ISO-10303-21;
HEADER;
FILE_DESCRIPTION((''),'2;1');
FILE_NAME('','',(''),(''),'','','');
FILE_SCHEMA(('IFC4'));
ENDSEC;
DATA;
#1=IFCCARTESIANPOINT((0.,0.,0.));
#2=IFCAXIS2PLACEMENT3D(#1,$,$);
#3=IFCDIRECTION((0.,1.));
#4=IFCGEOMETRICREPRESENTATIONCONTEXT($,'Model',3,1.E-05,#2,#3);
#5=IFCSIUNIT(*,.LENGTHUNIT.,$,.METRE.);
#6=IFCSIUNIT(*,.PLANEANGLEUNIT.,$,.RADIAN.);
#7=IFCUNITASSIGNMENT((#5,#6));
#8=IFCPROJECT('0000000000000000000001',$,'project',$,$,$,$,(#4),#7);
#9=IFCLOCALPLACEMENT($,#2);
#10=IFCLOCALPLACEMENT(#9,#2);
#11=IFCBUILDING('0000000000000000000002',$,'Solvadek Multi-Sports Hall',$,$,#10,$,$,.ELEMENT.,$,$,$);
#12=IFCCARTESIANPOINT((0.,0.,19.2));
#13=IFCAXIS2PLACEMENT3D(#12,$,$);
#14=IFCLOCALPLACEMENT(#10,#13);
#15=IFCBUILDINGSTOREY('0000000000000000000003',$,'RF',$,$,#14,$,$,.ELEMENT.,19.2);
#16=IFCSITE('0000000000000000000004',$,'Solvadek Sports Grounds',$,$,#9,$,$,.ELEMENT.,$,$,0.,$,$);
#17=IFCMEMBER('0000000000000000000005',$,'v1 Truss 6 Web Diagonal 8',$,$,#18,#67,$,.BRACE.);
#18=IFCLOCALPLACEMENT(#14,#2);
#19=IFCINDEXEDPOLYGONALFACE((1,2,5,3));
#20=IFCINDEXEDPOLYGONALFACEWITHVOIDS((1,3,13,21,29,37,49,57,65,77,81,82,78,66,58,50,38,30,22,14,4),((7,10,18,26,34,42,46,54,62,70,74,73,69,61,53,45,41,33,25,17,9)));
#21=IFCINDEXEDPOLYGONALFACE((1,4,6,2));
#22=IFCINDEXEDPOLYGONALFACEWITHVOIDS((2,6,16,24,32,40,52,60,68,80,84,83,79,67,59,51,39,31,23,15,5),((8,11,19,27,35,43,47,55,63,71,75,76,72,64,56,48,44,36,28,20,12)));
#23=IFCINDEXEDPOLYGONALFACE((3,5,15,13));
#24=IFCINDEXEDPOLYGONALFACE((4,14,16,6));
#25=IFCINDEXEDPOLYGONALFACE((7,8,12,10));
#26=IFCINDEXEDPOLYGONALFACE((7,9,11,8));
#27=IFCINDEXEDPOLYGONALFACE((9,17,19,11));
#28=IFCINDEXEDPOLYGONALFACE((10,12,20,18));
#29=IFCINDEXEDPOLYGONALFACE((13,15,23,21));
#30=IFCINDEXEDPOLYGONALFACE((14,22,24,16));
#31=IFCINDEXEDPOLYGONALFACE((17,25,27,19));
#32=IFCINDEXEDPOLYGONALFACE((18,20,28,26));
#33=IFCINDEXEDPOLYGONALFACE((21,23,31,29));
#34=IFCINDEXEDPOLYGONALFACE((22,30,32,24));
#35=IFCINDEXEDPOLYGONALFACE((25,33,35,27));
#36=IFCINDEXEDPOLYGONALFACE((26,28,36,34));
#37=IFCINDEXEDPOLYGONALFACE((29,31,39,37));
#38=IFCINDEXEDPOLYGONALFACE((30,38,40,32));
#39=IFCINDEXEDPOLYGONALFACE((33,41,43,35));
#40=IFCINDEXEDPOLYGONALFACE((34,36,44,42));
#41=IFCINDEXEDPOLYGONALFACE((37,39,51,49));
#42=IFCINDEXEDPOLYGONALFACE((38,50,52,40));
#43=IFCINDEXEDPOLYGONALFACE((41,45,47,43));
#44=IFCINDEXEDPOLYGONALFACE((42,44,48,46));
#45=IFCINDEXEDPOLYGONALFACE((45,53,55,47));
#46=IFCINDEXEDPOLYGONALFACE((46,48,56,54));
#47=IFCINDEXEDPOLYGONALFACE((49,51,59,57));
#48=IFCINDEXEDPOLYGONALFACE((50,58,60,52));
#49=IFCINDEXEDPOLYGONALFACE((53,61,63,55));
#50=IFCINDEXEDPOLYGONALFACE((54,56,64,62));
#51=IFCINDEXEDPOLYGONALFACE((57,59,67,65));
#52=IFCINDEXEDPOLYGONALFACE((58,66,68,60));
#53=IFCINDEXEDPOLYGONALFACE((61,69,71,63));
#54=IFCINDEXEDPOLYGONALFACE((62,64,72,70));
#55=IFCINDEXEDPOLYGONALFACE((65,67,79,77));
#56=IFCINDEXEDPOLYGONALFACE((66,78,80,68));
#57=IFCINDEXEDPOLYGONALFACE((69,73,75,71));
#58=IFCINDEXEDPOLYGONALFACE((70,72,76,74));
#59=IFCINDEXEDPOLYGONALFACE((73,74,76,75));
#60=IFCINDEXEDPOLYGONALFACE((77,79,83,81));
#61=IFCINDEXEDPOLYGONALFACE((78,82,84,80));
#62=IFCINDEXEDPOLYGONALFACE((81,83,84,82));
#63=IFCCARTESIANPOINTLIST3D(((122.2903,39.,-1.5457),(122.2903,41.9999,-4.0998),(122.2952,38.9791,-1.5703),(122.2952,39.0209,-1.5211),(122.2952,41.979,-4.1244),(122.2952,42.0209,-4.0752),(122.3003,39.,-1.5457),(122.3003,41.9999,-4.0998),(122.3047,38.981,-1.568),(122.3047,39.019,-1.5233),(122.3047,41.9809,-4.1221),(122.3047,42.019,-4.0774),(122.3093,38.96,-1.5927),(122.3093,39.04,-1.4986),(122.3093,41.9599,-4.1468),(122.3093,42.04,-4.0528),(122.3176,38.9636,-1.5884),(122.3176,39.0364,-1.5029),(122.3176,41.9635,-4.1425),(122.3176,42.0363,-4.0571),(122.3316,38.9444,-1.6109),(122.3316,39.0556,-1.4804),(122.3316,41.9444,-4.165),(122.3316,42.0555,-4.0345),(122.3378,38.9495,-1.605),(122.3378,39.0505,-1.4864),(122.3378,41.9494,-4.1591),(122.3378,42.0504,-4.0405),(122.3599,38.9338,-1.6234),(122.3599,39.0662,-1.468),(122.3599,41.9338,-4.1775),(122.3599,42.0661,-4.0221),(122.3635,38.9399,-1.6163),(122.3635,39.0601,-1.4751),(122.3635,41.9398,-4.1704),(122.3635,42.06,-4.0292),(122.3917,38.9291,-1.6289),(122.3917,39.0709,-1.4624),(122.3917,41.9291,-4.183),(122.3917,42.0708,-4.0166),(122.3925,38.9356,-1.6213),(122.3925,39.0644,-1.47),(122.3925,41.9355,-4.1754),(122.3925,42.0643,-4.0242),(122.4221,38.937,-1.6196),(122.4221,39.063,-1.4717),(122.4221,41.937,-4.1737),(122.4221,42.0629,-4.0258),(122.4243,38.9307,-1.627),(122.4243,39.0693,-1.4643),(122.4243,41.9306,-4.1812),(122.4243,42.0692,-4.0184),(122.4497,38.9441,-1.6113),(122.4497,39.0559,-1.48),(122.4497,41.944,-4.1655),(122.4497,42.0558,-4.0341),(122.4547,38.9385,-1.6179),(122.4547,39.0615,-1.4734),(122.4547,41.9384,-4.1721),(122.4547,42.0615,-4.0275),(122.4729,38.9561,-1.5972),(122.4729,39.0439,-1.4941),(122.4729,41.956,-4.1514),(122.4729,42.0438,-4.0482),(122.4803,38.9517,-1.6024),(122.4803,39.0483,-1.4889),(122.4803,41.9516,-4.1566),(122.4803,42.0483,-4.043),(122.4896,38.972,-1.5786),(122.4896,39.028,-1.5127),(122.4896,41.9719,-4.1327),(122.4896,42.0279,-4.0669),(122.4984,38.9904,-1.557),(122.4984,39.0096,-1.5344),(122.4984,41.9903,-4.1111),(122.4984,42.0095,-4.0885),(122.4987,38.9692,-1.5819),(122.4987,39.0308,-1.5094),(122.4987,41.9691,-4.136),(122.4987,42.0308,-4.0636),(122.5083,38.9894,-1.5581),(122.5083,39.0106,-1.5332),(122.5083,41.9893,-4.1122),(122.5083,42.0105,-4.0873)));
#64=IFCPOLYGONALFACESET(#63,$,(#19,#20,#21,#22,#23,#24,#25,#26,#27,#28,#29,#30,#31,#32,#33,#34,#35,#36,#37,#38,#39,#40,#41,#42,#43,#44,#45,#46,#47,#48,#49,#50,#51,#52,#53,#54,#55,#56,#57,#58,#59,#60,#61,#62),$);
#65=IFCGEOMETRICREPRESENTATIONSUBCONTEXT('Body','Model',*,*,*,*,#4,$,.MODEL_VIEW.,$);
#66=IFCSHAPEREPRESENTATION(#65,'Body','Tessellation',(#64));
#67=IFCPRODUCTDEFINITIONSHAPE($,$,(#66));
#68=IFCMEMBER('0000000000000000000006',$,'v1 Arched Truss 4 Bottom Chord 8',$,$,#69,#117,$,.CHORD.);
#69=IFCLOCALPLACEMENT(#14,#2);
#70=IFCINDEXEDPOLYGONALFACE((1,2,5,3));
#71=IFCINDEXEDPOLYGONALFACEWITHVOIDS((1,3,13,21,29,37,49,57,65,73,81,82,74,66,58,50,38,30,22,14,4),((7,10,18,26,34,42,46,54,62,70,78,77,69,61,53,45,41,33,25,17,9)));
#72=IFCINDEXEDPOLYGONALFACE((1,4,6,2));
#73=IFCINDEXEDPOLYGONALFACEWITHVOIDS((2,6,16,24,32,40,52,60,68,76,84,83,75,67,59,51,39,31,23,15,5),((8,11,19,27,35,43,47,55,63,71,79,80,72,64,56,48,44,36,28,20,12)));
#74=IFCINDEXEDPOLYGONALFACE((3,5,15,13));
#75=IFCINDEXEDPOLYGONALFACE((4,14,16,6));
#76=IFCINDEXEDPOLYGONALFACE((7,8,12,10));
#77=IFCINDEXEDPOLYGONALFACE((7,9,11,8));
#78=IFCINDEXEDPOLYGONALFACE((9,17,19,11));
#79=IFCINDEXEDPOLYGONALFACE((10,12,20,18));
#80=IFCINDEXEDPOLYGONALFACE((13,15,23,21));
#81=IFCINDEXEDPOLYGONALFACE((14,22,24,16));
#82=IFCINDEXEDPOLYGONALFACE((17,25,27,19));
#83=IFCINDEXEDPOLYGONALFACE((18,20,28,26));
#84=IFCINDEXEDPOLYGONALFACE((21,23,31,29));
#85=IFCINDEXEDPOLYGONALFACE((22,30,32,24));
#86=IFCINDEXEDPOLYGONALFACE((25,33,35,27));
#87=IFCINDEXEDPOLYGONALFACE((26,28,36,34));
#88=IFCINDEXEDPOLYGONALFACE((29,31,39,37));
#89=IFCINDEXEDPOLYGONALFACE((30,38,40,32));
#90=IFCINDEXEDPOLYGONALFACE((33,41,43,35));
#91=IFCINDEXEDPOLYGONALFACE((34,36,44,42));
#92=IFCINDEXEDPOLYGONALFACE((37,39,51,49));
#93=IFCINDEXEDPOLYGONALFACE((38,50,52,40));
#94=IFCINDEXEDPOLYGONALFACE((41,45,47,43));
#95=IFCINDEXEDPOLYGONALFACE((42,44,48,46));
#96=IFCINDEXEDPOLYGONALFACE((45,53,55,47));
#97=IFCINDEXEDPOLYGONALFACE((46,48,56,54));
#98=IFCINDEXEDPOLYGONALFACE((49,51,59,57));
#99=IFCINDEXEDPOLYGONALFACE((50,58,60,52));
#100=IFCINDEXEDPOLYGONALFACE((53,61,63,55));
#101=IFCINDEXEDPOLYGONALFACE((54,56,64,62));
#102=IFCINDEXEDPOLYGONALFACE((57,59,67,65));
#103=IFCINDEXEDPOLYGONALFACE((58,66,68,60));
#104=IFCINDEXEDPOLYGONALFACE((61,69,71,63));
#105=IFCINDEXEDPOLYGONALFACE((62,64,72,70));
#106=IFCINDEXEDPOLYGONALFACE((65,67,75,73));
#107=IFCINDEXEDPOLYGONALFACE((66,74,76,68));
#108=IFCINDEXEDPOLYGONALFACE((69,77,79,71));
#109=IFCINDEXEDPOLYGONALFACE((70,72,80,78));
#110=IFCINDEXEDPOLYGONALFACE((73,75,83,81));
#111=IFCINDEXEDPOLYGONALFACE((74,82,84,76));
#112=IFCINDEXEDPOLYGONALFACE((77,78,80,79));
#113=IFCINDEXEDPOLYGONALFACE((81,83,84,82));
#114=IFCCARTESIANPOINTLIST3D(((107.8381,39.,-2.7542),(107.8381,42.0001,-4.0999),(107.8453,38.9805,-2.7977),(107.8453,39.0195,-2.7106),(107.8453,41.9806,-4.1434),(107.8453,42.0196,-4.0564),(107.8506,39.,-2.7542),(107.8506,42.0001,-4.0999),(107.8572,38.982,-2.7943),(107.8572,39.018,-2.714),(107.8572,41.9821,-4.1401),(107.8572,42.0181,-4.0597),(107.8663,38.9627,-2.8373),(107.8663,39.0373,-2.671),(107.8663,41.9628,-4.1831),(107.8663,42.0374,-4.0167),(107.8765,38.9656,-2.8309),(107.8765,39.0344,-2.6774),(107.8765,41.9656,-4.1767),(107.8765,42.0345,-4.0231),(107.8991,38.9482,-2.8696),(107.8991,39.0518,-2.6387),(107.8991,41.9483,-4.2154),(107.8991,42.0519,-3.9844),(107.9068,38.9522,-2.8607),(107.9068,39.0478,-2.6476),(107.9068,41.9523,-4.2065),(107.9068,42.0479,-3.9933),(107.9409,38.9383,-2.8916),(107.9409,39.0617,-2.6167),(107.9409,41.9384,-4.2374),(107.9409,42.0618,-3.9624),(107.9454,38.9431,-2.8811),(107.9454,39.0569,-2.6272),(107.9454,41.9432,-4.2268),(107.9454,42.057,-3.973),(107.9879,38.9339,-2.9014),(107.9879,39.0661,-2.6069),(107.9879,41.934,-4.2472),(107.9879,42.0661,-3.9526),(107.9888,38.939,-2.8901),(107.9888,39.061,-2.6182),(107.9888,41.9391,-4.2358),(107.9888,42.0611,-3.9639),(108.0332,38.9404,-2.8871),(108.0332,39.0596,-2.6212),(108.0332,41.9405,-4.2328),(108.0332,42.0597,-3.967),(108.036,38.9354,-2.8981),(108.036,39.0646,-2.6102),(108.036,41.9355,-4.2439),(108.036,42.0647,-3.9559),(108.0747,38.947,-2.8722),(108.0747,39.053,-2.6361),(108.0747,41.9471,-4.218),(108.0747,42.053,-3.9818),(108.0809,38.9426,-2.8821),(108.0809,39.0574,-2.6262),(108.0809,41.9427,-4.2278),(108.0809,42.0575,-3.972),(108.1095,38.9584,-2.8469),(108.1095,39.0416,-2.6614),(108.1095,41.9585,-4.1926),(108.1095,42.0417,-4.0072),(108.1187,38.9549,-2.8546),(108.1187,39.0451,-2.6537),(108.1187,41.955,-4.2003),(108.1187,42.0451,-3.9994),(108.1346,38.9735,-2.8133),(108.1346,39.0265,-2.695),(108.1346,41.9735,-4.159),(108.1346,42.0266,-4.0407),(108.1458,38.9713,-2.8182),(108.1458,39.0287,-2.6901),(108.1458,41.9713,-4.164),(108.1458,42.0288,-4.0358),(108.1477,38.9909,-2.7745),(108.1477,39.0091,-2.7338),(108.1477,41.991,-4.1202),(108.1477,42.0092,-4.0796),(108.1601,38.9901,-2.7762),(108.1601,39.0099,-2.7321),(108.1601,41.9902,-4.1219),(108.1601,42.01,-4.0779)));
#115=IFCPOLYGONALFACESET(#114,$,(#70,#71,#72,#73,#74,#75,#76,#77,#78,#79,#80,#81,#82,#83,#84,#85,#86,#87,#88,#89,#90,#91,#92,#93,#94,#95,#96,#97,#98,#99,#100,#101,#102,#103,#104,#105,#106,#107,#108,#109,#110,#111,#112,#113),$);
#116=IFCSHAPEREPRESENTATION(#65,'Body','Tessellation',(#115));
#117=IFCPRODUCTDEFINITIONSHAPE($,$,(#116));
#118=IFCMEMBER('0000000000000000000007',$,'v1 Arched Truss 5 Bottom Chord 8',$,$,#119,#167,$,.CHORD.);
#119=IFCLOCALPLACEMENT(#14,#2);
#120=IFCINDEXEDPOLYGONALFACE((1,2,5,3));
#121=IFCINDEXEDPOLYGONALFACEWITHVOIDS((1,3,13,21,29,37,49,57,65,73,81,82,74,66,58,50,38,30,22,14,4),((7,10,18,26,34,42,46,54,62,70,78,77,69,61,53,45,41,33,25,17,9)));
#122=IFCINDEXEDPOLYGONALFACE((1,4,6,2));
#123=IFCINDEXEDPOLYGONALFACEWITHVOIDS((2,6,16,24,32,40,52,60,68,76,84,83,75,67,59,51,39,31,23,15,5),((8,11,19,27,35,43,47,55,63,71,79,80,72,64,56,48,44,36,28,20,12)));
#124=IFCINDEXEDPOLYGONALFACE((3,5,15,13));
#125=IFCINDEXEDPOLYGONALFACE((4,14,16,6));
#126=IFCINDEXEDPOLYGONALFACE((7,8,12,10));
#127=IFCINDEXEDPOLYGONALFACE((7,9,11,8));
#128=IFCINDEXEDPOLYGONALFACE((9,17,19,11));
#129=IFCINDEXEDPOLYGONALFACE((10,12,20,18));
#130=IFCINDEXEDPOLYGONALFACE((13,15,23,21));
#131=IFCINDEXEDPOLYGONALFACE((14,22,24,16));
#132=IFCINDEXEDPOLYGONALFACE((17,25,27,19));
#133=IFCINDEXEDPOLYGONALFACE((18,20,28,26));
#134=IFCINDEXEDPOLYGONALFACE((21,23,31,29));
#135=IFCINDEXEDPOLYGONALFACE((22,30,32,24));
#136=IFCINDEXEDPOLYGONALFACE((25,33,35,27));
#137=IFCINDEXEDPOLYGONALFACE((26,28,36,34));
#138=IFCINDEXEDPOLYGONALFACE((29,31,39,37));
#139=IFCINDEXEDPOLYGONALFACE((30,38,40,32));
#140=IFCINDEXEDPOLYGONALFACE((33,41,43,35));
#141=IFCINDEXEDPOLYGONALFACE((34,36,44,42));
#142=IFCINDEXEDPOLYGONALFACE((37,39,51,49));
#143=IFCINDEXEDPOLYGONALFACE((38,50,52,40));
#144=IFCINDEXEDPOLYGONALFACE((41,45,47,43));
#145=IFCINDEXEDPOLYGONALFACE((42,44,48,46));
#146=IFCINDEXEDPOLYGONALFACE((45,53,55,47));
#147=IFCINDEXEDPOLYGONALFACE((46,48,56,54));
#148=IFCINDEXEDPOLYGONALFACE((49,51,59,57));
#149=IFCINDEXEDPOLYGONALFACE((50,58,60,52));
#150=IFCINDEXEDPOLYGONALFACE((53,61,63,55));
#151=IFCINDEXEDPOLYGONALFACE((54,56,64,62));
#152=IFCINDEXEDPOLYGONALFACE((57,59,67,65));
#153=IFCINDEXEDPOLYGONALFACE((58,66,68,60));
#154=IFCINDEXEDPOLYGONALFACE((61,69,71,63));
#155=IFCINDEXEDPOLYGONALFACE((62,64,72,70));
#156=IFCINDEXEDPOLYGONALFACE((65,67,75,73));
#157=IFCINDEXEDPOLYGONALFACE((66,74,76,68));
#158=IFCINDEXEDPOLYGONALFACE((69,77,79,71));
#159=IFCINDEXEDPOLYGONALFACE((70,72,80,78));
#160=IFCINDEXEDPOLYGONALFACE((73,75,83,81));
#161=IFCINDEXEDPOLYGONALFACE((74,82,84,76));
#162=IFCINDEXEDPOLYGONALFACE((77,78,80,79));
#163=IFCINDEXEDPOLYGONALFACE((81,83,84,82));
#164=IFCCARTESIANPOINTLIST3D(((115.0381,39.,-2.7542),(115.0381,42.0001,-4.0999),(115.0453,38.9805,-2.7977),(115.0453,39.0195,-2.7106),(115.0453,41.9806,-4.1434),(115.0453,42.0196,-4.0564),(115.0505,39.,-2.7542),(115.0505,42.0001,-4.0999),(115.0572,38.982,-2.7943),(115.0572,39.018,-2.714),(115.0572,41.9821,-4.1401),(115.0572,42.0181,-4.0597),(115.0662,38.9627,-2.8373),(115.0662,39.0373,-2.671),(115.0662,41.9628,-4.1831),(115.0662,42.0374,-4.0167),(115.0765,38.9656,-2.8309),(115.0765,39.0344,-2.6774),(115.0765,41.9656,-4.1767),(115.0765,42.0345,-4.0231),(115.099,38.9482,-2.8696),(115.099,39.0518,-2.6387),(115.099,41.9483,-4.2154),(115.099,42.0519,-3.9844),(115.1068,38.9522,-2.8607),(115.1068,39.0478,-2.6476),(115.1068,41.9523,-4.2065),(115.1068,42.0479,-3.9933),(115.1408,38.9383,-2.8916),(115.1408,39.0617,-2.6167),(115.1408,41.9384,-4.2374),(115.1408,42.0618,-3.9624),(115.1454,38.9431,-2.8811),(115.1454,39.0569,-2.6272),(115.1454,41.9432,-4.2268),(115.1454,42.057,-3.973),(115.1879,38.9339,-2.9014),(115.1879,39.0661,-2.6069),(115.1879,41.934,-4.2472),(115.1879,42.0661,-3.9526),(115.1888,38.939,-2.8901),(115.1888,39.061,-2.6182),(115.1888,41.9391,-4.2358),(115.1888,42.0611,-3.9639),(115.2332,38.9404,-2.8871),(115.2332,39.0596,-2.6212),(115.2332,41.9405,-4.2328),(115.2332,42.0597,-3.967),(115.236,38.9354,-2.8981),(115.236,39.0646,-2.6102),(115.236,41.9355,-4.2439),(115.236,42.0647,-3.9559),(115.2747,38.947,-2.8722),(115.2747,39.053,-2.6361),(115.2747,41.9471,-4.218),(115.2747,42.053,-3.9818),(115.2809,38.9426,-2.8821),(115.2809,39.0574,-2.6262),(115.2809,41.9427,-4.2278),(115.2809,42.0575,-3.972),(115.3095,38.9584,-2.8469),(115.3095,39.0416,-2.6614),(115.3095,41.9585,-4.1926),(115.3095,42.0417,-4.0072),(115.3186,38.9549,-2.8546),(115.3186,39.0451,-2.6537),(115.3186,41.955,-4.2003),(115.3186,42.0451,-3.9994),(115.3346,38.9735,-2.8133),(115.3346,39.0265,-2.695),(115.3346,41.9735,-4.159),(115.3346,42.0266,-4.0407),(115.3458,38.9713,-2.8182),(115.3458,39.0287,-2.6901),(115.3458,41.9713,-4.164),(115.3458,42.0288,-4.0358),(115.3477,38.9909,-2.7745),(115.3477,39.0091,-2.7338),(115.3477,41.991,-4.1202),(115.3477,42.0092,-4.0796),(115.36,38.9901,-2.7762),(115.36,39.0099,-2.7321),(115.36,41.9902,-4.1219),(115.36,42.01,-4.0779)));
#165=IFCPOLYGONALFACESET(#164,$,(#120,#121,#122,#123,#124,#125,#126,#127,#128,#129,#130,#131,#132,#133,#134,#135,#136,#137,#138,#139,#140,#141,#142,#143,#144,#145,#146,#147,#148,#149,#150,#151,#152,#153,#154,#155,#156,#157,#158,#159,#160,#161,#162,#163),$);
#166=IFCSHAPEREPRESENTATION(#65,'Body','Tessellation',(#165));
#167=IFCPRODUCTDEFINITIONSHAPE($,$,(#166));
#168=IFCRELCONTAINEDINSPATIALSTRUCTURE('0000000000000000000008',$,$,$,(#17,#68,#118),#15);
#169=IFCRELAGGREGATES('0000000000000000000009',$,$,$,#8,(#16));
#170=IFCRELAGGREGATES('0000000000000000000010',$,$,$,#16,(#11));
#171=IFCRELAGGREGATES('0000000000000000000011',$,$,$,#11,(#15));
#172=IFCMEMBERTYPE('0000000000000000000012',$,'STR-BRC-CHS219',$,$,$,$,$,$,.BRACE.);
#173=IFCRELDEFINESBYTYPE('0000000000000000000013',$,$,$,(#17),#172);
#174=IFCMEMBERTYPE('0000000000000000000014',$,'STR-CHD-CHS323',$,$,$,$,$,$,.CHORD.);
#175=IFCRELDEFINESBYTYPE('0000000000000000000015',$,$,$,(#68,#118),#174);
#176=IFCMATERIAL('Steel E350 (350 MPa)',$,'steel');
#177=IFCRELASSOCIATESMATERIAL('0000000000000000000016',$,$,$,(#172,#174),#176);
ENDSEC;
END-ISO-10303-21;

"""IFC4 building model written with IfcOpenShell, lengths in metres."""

from ifc_helpers import new_model, si_unit, direction, frame, origin, origin_2d, place, context, subcontext, project, spatial, hollow_circle, extrude, material, material_profile, profile_set, type_object, element, save


model = new_model("IFC4")

# Units and contexts
model_context = context("Model", 3, precision=1e-05, world=origin(), true_north=direction((0.0, 1.0)))
body_context = subcontext(model_context, "Body", "Model", "MODEL_VIEW")
ifc_project = project(units=[si_unit("LENGTHUNIT", "METRE"), si_unit("PLANEANGLEUNIT", "RADIAN")], contexts=[model_context])

# Site, building, storey
site_placement = place(None, origin())
site = spatial("IfcSite", under=ifc_project, at=site_placement, Name="Solvadek Sports Grounds", CompositionType="ELEMENT", RefElevation=0.0)
building_placement = place(site_placement, origin())
building = spatial("IfcBuilding", under=site, at=building_placement, Name="Solvadek Multi-Sports Hall", CompositionType="ELEMENT")
storey_placement = place(building_placement, frame((0.0, 0.0, 19.2)))
storey = spatial("IfcBuildingStorey", under=building, at=storey_placement, Name="RF", CompositionType="ELEMENT", Elevation=19.2)

# Shared definitions
ifc_material_1 = material(Name="Steel E350 (350 MPa)", Category="steel")

# Members
ifc_material_profile_1 = material_profile(ifc_material_1, hollow_circle(Radius=0.1096, WallThickness=0.01, at=origin_2d()), Name="CHS 219.1x10")
ifc_profile_set_1 = profile_set([ifc_material_profile_1], Name="Steel E350 (350 MPa)")
member_type_1 = type_object("IfcMemberType", Name="STR-BRC-CHS219", PredefinedType="BRACE", material=ifc_profile_set_1)
member_1_placement = place(storey_placement, frame((122.3999, 39.0, -1.5457), z_axis=(0.0, 0.761413, -0.648267), x_axis=(-1.0, 0.0, 0.0)))
element("IfcMember", 1, at=member_1_placement, inside=storey, type_object=member_type_1, Name="v1 Truss 6 Web Diagonal 8", PredefinedType="BRACE", context=body_context, shape_type="SweptSolid", body=[
    extrude(hollow_circle(Radius=0.1096, WallThickness=0.01, at=origin_2d()), origin(), (0.0, 0.0, 1.0), 3.9399),
])
ifc_material_profile_2 = material_profile(ifc_material_1, hollow_circle(Radius=0.1619, WallThickness=0.0125, at=origin_2d()), Name="CHS 323.9x12.5")
ifc_profile_set_2 = profile_set([ifc_material_profile_2], Name="Steel E350 (350 MPa)")
member_type_2 = type_object("IfcMemberType", Name="STR-CHD-CHS323", PredefinedType="CHORD", material=ifc_profile_set_2)
for number, where, z_axis, x_axis, name in (
    (2, (108.0, 39.0, -2.7542), (0.0, 0.91241, -0.409278), (-1.0, 0.0, 0.0), "v1 Arched Truss 4 Bottom Chord 8"),
    (3, (115.2, 39.0, -2.7542), (0.0, 0.91241, -0.409278), (-1.0, 0.0, 0.0), "v1 Arched Truss 5 Bottom Chord 8"),
):
    element("IfcMember", number, at=place(storey_placement, frame(where, z_axis=z_axis, x_axis=x_axis)), inside=storey, type_object=member_type_2, Name=name, PredefinedType="CHORD", context=body_context, shape_type="SweptSolid", body=[
        extrude(hollow_circle(Radius=0.1619, WallThickness=0.0125, at=origin_2d()), origin(), (0.0, 0.0, 1.0), 3.2881),
    ])

save(model, "model.ifc")
